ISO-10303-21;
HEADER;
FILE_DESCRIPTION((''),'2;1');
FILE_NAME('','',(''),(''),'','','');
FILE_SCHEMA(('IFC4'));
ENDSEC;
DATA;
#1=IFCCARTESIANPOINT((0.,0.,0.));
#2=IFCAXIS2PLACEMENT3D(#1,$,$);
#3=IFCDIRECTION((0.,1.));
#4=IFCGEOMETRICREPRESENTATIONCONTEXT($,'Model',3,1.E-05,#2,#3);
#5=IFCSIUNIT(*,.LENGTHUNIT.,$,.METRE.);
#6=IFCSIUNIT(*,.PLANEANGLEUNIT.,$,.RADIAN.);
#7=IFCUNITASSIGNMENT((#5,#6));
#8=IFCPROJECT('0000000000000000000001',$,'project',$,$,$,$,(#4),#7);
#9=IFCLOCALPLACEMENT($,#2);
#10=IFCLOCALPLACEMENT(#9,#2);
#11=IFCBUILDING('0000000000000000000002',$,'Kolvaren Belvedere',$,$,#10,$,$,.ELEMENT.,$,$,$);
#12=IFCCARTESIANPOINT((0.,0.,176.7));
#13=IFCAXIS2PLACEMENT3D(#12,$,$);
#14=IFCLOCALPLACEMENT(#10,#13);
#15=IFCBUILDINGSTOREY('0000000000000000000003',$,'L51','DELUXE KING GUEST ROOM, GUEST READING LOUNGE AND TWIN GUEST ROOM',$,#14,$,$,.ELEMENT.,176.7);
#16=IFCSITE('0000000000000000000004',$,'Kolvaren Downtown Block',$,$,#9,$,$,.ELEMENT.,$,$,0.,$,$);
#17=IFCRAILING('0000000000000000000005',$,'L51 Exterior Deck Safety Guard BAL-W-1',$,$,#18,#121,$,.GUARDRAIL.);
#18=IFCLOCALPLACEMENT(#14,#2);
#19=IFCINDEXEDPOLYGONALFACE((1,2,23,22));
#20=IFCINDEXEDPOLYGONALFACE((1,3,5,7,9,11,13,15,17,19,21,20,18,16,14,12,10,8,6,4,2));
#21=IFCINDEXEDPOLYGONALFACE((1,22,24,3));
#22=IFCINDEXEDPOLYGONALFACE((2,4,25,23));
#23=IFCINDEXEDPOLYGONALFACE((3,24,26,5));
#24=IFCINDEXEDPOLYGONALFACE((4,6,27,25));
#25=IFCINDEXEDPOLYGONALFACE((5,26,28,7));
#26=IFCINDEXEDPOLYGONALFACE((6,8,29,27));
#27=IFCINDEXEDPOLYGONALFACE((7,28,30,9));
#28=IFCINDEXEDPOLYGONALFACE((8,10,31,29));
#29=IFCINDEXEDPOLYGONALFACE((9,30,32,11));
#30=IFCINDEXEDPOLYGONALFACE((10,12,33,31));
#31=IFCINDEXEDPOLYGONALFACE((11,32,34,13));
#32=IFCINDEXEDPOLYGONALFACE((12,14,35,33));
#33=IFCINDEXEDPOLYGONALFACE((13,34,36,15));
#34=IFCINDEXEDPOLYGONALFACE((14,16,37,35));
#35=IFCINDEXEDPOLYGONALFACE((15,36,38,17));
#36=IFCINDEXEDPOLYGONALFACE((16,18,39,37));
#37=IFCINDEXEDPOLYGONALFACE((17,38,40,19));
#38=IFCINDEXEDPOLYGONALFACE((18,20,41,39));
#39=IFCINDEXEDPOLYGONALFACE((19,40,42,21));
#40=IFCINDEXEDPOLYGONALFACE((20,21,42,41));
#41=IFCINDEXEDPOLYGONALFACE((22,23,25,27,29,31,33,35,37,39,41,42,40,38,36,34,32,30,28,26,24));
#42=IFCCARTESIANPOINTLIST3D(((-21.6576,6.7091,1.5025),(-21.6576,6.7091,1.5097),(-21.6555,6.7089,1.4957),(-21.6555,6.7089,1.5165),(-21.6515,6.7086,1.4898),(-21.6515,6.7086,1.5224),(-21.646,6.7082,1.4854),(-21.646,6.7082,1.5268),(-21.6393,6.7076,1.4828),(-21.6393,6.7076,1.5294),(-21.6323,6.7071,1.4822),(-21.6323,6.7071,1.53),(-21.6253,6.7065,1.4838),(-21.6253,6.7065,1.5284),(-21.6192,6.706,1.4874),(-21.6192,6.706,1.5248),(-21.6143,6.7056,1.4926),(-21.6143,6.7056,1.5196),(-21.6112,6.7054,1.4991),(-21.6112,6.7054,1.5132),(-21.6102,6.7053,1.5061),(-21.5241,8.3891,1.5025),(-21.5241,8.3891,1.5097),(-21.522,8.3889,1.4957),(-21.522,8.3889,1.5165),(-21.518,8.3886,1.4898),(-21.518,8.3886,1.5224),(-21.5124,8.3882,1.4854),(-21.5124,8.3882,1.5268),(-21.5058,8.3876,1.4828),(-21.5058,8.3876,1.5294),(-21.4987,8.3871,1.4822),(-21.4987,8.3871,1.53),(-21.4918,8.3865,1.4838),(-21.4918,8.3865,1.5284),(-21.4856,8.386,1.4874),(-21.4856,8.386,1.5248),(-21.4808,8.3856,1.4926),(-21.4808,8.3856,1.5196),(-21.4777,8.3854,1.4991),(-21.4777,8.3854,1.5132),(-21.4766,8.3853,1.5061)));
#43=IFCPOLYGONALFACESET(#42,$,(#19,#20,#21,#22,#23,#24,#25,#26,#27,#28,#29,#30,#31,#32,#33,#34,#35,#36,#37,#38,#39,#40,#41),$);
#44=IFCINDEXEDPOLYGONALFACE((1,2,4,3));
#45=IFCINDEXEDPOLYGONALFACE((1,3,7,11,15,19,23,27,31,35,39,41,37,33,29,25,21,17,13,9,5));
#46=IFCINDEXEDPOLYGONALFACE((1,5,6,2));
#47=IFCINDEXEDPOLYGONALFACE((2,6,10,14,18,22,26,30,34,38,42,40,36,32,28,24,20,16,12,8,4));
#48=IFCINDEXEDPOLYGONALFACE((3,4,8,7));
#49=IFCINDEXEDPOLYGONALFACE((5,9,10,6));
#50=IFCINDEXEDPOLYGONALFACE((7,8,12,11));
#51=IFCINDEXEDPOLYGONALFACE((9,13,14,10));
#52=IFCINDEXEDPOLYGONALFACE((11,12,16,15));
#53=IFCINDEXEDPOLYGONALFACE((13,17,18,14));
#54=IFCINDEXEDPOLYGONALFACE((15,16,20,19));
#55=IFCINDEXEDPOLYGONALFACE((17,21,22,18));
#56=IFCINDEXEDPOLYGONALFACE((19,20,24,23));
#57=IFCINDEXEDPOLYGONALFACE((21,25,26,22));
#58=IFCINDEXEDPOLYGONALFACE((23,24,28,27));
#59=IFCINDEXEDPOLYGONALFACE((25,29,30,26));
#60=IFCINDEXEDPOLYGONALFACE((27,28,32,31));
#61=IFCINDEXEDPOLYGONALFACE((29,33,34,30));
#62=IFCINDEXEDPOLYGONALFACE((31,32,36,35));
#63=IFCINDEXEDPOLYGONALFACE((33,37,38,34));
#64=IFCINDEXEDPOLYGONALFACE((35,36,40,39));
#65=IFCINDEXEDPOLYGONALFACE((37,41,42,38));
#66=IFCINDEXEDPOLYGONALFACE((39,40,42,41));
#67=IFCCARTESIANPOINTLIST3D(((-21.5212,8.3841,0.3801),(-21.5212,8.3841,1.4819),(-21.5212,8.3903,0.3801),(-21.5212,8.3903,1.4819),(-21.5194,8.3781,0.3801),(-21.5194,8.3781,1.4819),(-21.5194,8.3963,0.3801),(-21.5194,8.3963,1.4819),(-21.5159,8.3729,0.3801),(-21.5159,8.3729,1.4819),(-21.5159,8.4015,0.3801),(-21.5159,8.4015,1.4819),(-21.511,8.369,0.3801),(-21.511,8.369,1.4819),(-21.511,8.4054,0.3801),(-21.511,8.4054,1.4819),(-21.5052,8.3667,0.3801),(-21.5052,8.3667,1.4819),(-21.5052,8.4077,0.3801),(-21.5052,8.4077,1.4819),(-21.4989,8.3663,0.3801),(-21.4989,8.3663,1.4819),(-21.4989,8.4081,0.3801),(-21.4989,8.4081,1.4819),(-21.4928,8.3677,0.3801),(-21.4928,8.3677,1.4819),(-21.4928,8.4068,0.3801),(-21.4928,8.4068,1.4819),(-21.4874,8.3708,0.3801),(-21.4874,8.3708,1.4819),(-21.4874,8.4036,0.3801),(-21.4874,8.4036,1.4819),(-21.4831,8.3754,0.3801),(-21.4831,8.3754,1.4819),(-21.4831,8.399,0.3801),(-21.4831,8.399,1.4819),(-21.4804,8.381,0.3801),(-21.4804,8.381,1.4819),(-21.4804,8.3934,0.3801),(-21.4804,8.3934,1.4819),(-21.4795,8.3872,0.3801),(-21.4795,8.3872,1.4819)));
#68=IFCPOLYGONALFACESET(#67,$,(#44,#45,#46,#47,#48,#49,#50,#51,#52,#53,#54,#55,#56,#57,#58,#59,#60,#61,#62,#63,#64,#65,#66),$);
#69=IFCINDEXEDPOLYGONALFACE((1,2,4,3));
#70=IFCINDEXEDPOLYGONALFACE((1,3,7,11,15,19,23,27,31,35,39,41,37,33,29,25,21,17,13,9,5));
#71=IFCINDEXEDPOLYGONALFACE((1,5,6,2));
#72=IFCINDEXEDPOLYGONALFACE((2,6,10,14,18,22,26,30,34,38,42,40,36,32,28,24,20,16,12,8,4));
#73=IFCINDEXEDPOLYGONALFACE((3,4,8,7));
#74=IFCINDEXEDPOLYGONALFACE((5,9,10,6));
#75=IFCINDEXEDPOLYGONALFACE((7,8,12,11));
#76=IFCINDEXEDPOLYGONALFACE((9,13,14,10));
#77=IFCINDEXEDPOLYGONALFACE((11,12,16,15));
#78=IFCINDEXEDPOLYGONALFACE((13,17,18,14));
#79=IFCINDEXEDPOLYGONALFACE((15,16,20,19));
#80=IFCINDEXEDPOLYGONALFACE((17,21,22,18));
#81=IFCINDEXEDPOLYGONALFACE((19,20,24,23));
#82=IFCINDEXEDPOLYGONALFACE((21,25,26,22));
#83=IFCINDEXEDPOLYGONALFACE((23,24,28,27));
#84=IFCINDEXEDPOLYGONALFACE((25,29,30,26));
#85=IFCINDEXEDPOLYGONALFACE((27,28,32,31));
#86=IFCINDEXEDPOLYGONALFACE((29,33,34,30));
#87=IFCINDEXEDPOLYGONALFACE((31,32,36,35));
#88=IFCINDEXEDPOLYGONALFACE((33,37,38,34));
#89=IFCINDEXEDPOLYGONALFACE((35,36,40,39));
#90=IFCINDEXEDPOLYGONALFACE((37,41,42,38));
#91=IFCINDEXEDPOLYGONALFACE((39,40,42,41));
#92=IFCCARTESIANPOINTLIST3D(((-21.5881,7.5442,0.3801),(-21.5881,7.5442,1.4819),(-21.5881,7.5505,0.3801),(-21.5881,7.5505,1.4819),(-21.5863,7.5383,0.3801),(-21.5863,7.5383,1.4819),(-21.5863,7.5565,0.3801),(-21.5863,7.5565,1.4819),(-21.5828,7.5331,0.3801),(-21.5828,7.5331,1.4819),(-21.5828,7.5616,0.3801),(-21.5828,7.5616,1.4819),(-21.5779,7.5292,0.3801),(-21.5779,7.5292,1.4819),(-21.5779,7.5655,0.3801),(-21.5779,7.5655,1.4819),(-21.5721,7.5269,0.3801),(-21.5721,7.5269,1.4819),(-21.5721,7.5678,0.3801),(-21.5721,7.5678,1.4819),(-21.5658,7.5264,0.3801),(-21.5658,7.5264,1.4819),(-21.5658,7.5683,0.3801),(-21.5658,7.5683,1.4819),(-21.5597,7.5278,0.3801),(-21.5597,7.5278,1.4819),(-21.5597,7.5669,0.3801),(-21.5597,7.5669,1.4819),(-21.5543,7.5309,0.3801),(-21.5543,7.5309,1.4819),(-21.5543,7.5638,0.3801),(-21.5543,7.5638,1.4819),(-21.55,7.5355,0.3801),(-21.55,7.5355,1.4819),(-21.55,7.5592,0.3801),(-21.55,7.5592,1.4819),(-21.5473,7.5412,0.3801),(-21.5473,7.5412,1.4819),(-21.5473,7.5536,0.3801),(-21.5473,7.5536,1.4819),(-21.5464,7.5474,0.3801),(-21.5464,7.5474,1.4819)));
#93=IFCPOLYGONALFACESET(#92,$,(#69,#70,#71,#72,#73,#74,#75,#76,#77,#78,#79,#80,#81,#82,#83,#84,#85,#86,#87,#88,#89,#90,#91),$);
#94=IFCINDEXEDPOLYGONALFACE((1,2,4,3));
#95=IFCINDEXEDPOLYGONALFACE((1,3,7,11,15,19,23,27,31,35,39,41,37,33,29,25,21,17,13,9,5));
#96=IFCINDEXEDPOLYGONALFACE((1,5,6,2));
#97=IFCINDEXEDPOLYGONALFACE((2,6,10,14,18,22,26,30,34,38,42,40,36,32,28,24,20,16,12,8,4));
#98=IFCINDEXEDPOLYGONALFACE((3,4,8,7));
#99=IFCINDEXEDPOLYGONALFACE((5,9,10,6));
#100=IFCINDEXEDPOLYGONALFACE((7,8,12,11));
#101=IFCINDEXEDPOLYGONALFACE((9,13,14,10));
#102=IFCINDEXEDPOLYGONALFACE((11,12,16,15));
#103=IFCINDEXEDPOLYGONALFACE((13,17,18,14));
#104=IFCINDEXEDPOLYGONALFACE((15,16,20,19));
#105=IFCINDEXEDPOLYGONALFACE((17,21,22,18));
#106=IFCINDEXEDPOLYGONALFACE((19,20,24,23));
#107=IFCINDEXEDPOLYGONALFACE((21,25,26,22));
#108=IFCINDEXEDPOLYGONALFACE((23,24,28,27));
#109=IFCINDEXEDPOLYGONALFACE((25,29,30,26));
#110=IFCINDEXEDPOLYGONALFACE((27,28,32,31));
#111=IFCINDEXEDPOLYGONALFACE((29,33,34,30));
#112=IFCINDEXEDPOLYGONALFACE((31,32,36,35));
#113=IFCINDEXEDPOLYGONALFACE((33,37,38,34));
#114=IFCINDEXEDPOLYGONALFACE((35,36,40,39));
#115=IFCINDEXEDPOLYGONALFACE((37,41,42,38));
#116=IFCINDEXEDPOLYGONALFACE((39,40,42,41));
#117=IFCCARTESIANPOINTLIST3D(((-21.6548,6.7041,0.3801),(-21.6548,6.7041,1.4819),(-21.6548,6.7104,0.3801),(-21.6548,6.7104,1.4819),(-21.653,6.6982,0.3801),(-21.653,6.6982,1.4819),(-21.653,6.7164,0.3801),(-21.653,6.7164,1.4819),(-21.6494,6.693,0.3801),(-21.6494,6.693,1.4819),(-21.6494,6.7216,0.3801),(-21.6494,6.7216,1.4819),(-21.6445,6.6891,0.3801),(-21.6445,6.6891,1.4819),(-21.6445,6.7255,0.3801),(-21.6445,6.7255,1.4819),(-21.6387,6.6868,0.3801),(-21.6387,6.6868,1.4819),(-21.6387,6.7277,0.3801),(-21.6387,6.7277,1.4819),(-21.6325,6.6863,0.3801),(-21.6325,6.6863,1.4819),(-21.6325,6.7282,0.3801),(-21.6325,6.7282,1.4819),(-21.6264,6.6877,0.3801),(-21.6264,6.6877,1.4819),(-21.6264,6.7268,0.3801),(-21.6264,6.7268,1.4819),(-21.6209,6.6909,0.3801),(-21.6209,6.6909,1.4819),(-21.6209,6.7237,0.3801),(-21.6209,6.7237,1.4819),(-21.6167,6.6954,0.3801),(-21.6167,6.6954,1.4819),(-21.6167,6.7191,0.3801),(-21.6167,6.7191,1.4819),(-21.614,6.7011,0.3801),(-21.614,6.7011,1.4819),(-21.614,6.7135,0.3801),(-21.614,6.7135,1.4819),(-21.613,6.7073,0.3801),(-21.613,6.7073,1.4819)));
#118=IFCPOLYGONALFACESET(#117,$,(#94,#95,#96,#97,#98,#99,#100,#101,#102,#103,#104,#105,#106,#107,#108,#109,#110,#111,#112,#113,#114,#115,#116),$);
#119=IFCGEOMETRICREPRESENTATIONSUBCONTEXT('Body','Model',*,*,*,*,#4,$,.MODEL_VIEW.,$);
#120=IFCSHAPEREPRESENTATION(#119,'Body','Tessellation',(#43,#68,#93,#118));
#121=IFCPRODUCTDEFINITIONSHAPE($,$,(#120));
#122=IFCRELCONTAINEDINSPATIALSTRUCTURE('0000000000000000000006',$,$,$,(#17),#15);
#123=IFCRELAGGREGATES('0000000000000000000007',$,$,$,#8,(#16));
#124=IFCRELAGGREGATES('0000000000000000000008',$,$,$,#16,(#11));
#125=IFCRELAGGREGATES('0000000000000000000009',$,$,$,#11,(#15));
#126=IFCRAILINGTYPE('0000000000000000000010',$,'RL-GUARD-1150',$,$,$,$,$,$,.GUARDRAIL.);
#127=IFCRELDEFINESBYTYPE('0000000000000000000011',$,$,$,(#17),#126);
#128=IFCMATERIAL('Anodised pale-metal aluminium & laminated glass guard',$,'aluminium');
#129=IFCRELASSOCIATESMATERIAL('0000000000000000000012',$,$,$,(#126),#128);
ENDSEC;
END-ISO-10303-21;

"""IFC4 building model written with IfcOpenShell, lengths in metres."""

from ifc_helpers import new_model, si_unit, direction, frame, origin, origin_2d, place, context, subcontext, project, spatial, circle, extrude, material, type_object, element, save


model = new_model("IFC4")

# Units and contexts
model_context = context("Model", 3, precision=1e-05, world=origin(), true_north=direction((0.0, 1.0)))
body_context = subcontext(model_context, "Body", "Model", "MODEL_VIEW")
ifc_project = project(units=[si_unit("LENGTHUNIT", "METRE"), si_unit("PLANEANGLEUNIT", "RADIAN")], contexts=[model_context])

# Site, building, storey
site_placement = place(None, origin())
site = spatial("IfcSite", under=ifc_project, at=site_placement, Name="Kolvaren Downtown Block", CompositionType="ELEMENT", RefElevation=0.0)
building_placement = place(site_placement, origin())
building = spatial("IfcBuilding", under=site, at=building_placement, Name="Kolvaren Belvedere", CompositionType="ELEMENT")
storey_placement = place(building_placement, frame((0.0, 0.0, 176.7)))
storey = spatial("IfcBuildingStorey", under=building, at=storey_placement, Name="L51", Description="DELUXE KING GUEST ROOM, GUEST READING LOUNGE AND TWIN GUEST ROOM", CompositionType="ELEMENT", Elevation=176.7)

# Railing
ifc_material_1 = material(Name="Anodised pale-metal aluminium & laminated glass guard", Category="aluminium")
railing_type = type_object("IfcRailingType", Name="RL-GUARD-1150", PredefinedType="GUARDRAIL", material=ifc_material_1)
railing_1_placement = place(storey_placement, frame((-21.5005, 8.3872, 0.3801)))
element("IfcRailing", 1, at=railing_1_placement, inside=storey, type_object=railing_type, Name="L51 Exterior Deck Safety Guard BAL-W-1", PredefinedType="GUARDRAIL", context=body_context, shape_type="SweptSolid", body=[
    extrude(circle(Radius=0.0239, at=origin_2d()), frame((0.0, 0.0, 1.126), z_axis=(-0.079244, -0.996855, 0.0), x_axis=(0.996855, -0.079244, 0.0)), (0.0, 0.0, 1.0), 1.6853),
    extrude(circle(Radius=0.021, at=origin_2d()), origin(), (0.0, 0.0, 1.0), 1.1018),
    extrude(circle(Radius=0.021, at=origin_2d()), frame((-0.0669, -0.8398, 0.0)), (0.0, 0.0, 1.0), 1.1018),
    extrude(circle(Radius=0.021, at=origin_2d()), frame((-0.1335, -1.6799, 0.0)), (0.0, 0.0, 1.0), 1.1018),
])

save(model, "model.ifc")
